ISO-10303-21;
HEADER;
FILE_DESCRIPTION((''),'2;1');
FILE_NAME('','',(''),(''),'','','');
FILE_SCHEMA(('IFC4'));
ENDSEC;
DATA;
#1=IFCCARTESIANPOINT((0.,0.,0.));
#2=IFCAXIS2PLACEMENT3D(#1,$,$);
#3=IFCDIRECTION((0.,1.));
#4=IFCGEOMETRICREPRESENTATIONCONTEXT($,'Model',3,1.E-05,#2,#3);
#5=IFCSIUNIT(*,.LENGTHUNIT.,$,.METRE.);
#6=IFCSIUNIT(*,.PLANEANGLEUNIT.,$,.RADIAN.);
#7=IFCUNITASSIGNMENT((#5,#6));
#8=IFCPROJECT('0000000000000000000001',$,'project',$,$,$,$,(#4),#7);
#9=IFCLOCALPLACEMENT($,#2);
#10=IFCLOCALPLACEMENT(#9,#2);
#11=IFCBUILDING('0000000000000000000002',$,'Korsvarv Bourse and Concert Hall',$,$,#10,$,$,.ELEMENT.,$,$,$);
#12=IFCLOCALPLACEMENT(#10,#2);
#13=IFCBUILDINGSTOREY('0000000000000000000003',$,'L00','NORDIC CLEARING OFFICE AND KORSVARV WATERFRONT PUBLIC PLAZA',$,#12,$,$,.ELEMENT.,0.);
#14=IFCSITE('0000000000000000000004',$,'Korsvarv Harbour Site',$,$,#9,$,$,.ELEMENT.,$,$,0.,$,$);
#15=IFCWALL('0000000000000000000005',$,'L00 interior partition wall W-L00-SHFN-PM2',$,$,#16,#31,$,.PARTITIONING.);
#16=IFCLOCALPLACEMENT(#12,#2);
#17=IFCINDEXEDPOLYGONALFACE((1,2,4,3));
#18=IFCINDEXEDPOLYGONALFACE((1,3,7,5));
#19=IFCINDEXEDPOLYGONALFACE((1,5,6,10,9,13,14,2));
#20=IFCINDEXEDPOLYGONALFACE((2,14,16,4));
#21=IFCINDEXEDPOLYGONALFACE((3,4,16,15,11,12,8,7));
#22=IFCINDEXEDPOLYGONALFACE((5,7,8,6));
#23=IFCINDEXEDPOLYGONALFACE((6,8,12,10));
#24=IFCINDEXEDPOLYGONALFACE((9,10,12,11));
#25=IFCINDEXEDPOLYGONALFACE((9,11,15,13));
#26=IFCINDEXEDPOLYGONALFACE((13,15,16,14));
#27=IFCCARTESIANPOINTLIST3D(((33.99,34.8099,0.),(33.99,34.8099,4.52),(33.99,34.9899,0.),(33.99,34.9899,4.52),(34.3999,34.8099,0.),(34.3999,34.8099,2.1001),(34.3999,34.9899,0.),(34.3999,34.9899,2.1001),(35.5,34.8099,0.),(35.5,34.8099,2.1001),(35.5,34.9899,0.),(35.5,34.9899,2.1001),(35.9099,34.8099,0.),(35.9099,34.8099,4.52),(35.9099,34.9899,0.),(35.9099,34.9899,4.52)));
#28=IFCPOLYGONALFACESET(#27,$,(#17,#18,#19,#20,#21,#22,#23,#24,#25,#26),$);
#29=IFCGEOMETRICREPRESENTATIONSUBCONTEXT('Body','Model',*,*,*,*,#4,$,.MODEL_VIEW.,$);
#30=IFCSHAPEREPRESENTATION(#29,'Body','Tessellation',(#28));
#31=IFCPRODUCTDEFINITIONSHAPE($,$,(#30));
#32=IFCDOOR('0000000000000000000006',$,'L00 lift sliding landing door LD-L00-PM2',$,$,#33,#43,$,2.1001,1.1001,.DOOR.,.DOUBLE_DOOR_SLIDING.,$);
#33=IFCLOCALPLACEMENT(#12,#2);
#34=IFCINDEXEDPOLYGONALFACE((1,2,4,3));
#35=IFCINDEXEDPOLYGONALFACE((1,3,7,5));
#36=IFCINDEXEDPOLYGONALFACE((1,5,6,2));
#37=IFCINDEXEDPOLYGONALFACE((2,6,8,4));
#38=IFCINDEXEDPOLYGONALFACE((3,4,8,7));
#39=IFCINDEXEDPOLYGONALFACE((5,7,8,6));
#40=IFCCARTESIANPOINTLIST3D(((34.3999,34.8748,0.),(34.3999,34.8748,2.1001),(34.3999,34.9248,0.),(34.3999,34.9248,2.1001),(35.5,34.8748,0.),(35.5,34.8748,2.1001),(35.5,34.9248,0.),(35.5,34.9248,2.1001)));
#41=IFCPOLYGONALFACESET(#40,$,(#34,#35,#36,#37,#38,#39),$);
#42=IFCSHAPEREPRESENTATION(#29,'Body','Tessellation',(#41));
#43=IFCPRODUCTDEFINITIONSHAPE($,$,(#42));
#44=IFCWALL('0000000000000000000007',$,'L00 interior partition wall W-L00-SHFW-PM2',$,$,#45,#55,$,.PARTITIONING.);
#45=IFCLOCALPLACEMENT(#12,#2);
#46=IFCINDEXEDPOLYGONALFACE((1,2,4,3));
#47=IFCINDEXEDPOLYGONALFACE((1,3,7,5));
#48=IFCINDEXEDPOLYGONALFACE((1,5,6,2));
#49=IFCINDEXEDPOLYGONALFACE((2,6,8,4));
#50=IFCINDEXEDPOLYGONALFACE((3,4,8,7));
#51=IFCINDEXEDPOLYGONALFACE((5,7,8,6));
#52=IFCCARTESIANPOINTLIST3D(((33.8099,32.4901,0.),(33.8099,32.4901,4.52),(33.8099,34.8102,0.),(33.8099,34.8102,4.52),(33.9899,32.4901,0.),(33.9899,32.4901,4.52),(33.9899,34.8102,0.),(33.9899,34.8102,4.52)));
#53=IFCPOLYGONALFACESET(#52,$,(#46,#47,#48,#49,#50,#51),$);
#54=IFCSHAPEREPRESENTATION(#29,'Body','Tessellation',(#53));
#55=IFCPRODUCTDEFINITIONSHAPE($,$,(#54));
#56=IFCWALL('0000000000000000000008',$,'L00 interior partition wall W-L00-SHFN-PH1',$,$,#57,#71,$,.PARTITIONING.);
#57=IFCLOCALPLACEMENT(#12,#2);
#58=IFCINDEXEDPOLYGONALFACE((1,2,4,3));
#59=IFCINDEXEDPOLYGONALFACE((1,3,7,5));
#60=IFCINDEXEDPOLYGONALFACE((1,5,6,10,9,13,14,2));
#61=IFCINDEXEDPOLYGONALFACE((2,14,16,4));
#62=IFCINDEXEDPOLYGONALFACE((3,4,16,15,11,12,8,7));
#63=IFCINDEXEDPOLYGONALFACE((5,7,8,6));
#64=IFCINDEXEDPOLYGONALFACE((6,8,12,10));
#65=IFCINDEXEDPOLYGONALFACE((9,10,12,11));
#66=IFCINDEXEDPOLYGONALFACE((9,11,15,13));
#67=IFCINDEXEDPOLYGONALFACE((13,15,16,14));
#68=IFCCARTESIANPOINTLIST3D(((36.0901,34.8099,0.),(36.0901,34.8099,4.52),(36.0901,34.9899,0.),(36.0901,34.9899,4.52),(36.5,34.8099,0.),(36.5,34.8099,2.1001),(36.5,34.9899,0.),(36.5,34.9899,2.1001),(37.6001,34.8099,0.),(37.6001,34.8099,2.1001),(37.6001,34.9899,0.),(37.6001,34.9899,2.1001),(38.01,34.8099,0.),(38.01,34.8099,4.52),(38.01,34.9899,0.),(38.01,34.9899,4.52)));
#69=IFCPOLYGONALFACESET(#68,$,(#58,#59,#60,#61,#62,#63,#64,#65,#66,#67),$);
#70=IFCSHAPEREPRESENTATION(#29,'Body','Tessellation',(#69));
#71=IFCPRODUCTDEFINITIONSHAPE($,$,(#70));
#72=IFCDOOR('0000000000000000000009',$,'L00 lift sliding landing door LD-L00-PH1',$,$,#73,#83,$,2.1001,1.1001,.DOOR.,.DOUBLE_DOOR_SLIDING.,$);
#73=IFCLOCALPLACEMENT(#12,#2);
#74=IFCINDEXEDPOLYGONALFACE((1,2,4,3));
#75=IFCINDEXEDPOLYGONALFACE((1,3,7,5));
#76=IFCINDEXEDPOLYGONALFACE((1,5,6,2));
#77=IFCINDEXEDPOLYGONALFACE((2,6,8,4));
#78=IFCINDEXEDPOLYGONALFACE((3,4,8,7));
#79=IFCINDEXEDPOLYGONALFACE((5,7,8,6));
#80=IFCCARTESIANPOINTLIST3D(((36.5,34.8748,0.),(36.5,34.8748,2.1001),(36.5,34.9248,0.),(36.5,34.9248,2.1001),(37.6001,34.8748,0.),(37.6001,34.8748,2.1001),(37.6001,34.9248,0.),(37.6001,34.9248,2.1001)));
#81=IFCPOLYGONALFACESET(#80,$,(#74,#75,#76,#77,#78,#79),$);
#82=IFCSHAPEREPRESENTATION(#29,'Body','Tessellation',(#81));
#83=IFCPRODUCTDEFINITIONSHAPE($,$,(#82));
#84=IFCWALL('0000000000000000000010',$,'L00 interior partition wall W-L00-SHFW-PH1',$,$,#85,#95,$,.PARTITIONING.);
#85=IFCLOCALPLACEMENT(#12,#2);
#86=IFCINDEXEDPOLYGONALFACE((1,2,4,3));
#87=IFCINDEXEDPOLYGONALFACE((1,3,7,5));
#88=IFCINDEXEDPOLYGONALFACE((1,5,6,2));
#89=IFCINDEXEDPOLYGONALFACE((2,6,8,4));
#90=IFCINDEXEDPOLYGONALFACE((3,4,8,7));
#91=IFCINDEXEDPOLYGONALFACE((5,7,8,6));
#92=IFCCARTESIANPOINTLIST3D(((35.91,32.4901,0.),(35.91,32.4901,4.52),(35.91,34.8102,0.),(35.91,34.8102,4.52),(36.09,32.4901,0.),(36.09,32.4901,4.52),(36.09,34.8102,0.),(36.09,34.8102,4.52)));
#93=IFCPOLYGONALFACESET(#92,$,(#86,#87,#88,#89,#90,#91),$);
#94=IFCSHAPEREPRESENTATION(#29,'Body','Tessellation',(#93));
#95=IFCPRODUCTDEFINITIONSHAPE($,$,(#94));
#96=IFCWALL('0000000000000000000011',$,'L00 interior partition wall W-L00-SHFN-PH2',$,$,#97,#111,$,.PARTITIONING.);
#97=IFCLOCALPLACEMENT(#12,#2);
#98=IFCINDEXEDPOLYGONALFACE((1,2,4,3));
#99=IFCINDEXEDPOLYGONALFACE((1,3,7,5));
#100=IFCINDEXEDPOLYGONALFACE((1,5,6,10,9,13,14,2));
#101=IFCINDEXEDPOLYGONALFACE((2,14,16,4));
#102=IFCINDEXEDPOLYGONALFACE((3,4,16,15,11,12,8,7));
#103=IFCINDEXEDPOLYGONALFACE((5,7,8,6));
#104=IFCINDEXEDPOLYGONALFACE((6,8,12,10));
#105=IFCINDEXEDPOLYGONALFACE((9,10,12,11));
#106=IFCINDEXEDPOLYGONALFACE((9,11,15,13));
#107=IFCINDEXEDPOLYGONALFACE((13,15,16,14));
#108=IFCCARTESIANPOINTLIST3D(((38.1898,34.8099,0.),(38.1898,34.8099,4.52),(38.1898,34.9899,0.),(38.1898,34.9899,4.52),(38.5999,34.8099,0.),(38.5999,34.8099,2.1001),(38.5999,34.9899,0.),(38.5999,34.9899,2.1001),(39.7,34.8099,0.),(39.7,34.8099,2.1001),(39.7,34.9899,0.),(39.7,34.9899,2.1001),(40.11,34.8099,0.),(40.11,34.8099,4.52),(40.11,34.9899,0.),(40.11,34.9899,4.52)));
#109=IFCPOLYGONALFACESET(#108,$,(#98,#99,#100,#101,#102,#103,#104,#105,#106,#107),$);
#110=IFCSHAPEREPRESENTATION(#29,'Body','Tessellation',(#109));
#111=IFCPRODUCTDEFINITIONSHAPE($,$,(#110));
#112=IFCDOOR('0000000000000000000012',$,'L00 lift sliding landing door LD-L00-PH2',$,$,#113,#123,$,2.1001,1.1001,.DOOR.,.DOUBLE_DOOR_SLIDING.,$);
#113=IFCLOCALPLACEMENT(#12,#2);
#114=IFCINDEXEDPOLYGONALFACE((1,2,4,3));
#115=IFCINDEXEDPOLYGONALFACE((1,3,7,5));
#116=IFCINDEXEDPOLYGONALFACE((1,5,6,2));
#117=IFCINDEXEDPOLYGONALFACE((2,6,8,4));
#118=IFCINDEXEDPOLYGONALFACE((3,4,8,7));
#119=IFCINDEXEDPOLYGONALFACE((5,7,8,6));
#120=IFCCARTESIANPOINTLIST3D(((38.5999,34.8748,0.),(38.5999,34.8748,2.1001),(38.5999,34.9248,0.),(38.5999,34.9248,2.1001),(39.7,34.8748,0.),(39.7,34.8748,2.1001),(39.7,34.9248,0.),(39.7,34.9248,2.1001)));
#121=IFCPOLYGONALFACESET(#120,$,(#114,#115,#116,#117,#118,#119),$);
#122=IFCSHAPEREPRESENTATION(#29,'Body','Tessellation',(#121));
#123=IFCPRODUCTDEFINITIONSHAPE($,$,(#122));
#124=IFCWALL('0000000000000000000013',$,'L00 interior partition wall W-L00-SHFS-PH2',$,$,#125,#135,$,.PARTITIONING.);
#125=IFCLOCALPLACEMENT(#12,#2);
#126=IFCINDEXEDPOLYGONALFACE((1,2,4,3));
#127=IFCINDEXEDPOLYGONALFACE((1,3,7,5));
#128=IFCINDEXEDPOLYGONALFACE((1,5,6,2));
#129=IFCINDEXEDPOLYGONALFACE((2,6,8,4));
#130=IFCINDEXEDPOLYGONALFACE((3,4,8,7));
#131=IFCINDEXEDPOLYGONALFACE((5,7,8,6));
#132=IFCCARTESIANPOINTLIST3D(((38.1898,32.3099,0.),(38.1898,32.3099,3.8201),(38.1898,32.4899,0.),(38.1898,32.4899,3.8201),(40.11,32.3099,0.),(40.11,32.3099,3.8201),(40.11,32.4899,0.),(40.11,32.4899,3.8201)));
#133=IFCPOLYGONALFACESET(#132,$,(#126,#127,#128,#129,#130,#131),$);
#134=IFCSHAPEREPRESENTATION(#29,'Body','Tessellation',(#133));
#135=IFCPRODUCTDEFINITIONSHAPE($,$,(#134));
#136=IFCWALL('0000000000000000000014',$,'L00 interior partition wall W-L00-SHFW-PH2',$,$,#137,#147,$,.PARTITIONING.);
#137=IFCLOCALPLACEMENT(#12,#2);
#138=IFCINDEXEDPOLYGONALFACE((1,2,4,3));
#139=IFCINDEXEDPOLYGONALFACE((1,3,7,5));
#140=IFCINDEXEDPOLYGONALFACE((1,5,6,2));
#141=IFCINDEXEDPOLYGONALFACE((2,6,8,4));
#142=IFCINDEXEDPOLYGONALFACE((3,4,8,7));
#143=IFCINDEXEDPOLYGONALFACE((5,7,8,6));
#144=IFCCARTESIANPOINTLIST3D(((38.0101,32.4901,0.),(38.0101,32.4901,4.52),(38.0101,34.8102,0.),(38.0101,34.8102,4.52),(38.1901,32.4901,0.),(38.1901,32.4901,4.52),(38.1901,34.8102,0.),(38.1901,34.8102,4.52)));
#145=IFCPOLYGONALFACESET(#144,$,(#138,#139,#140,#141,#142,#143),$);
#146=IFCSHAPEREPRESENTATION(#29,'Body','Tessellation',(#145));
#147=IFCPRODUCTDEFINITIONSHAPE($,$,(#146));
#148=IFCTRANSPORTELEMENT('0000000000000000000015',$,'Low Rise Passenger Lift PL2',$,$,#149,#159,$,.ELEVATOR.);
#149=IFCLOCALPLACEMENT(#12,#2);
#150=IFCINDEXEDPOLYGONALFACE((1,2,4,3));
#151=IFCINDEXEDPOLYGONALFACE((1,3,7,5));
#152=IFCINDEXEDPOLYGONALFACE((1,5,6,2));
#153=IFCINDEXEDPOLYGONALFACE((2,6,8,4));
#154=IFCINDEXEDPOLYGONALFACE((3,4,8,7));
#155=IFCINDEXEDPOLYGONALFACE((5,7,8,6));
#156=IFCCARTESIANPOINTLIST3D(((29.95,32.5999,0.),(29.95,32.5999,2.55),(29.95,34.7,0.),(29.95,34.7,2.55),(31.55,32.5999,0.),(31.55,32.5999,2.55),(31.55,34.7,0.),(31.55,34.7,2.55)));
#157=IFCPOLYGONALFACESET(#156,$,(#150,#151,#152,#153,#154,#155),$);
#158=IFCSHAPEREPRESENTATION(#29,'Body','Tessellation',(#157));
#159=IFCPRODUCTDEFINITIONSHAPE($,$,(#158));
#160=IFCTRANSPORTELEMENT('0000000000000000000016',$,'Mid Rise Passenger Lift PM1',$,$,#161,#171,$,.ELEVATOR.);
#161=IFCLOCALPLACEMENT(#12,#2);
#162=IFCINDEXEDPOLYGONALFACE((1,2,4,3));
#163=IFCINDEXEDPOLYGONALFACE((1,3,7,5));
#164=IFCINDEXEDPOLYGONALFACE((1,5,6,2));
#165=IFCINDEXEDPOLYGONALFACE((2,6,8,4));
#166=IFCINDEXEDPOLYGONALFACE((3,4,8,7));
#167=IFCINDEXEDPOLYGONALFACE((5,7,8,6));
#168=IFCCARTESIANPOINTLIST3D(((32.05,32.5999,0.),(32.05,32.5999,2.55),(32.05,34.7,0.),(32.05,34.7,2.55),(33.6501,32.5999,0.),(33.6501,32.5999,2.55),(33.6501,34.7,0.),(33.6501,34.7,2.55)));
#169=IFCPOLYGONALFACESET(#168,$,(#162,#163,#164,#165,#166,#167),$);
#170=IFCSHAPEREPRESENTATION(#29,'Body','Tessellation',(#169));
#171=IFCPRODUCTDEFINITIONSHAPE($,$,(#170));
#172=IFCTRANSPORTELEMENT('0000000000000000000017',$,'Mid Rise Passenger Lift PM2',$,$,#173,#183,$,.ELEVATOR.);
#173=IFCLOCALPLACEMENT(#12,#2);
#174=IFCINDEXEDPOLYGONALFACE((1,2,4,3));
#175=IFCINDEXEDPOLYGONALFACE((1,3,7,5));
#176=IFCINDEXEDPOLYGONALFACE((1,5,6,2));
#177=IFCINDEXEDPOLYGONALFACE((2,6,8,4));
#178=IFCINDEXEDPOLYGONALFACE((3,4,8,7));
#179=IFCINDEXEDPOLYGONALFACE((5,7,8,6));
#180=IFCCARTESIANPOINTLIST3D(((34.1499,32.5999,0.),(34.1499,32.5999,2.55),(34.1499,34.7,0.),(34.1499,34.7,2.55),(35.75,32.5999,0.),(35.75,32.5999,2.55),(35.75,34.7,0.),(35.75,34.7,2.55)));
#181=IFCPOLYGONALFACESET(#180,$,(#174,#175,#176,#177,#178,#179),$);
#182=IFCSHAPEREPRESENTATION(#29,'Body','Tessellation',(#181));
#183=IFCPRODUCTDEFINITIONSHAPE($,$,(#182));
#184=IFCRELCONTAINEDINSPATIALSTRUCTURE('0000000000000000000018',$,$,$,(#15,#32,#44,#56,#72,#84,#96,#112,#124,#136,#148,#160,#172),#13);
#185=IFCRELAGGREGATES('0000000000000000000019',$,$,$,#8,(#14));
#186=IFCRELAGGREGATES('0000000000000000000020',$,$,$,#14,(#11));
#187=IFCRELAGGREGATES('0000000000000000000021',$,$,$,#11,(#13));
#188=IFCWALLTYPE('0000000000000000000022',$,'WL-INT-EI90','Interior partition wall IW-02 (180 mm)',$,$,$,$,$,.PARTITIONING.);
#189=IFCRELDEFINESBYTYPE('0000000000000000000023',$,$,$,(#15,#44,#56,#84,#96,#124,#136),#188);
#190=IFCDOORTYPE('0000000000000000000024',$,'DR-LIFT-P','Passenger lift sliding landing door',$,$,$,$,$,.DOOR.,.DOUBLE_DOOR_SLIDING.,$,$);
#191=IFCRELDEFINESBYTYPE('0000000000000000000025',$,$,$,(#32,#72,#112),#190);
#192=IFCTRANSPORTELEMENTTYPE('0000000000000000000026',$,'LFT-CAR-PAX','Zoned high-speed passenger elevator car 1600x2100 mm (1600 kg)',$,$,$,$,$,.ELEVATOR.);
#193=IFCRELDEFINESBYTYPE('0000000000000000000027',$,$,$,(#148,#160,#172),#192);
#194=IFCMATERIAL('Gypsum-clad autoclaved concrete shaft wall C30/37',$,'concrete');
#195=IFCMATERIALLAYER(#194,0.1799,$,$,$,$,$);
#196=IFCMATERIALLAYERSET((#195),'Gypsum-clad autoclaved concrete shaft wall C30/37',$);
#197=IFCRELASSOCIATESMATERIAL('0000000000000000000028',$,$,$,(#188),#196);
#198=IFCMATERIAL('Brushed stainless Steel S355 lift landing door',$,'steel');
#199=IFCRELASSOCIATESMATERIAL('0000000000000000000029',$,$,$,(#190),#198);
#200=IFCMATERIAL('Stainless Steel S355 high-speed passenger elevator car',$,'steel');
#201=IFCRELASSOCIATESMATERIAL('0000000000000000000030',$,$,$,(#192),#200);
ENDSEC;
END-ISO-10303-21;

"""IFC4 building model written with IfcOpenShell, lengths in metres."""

from ifc_helpers import new_model, si_unit, direction, frame, frame_2d, origin, origin_2d, place, context, subcontext, project, spatial, rectangle, extrude, source, transform, mapped, material, layer, layer_set, type_object, element, fill, save


model = new_model("IFC4")

# Units and contexts
model_context = context("Model", 3, precision=1e-05, world=origin(), true_north=direction((0.0, 1.0)))
body_context = subcontext(model_context, "Body", "Model", "MODEL_VIEW")
ifc_project = project(units=[si_unit("LENGTHUNIT", "METRE"), si_unit("PLANEANGLEUNIT", "RADIAN")], contexts=[model_context])

# Site, building, storey
site_placement = place(None, origin())
site = spatial("IfcSite", under=ifc_project, at=site_placement, Name="Korsvarv Harbour Site", CompositionType="ELEMENT", RefElevation=0.0)
building_placement = place(site_placement, origin())
building = spatial("IfcBuilding", under=site, at=building_placement, Name="Korsvarv Bourse and Concert Hall", CompositionType="ELEMENT")
storey_placement = place(building_placement, origin())
storey = spatial("IfcBuildingStorey", under=building, at=storey_placement, Name="L00", Description="NORDIC CLEARING OFFICE AND KORSVARV WATERFRONT PUBLIC PLAZA", CompositionType="ELEMENT", Elevation=0.0)

# Shared definitions
ifc_material_1 = material(Name="Gypsum-clad autoclaved concrete shaft wall C30/37", Category="concrete")
ifc_layer_1 = layer(ifc_material_1, 0.1799)
ifc_layer_set_1 = layer_set([ifc_layer_1], Name="Gypsum-clad autoclaved concrete shaft wall C30/37")
wall_type_1 = type_object("IfcWallType", Name="WL-INT-EI90", Description="Interior partition wall IW-02 (180 mm)", PredefinedType="PARTITIONING", material=ifc_layer_set_1)
ifc_material_2 = material(Name="Brushed stainless Steel S355 lift landing door", Category="steel")
door_type_1 = type_object("IfcDoorType", Name="DR-LIFT-P", Description="Passenger lift sliding landing door", OperationType="DOUBLE_DOOR_SLIDING", PredefinedType="DOOR", material=ifc_material_2)

# Wall, opening, door
wall_1_placement = place(storey_placement, frame((33.99, 34.8999, 0.0), z_axis=(0.0, 0.0, 1.0), x_axis=(1.0, 0.0, 0.0)))
wall_1 = element("IfcWall", 1, at=wall_1_placement, inside=storey, type_object=wall_type_1, Name="L00 interior partition wall W-L00-SHFN-PM2", PredefinedType="PARTITIONING", context=body_context, shape_type="SweptSolid", body=[
    extrude(rectangle(XDim=1.9199, YDim=0.1799, at=frame_2d((0.96, 0.0))), origin(), (0.0, 0.0, 1.0), 4.52),
])
opening_1_placement = place(wall_1_placement, frame((0.4099, 0.0, 0.0)))
opening_1 = element("IfcOpeningElement", 2, at=opening_1_placement, cuts=wall_1, PredefinedType="OPENING", context=body_context, shape_type="SweptSolid", body=[
    extrude(rectangle(XDim=1.1001, YDim=2.1001, at=frame_2d((0.55, 1.05))), frame((0.0, 0.1001, 0.0), z_axis=(0.0, -1.0, 0.0), x_axis=(1.0, 0.0, 0.0)), (0.0, 0.0, 1.0), 0.2),
])
door_1_placement = place(opening_1_placement, origin())
door_1 = element("IfcDoor", 3, at=door_1_placement, inside=storey, type_object=door_type_1, Name="L00 lift sliding landing door LD-L00-PM2", OperationType="DOUBLE_DOOR_SLIDING", OverallHeight=2.1001, OverallWidth=1.1001, PredefinedType="DOOR", context=body_context, shape_type="SweptSolid", body=[
    extrude(rectangle(XDim=1.1001, YDim=2.1001, at=frame_2d((0.55, 1.05))), frame((0.0, 0.0249, 0.0), z_axis=(0.0, -1.0, 0.0), x_axis=(1.0, 0.0, 0.0)), (0.0, 0.0, 1.0), 0.05),
])
fill(opening_1, door_1)

# Wall
wall_2_placement = place(storey_placement, frame((33.8999, 32.49, 0.0), z_axis=(0.0, 0.0, 1.0), x_axis=(0.0, 1.0, 0.0)))
element("IfcWall", 4, at=wall_2_placement, inside=storey, type_object=wall_type_1, Name="L00 interior partition wall W-L00-SHFW-PM2", PredefinedType="PARTITIONING", context=body_context, shape_type="SweptSolid", body=[
    extrude(rectangle(XDim=2.3201, YDim=0.1799, at=frame_2d((1.1602, 0.0))), origin(), (0.0, 0.0, 1.0), 4.52),
])

# Wall, opening, door
wall_3_placement = place(storey_placement, frame((36.0901, 34.8999, 0.0), z_axis=(0.0, 0.0, 1.0), x_axis=(1.0, 0.0, 0.0)))
wall_3 = element("IfcWall", 5, at=wall_3_placement, inside=storey, type_object=wall_type_1, Name="L00 interior partition wall W-L00-SHFN-PH1", PredefinedType="PARTITIONING", context=body_context, shape_type="SweptSolid", body=[
    extrude(rectangle(XDim=1.9199, YDim=0.1799, at=frame_2d((0.96, 0.0))), origin(), (0.0, 0.0, 1.0), 4.52),
])
opening_2_placement = place(wall_3_placement, frame((0.4099, 0.0, 0.0)))
opening_2 = element("IfcOpeningElement", 6, at=opening_2_placement, cuts=wall_3, PredefinedType="OPENING", context=body_context, shape_type="SweptSolid", body=[
    extrude(rectangle(XDim=1.1001, YDim=2.1001, at=frame_2d((0.55, 1.05))), frame((0.0, 0.1001, 0.0), z_axis=(0.0, -1.0, 0.0), x_axis=(1.0, 0.0, 0.0)), (0.0, 0.0, 1.0), 0.2),
])
door_2_placement = place(opening_2_placement, origin())
door_2 = element("IfcDoor", 7, at=door_2_placement, inside=storey, type_object=door_type_1, Name="L00 lift sliding landing door LD-L00-PH1", OperationType="DOUBLE_DOOR_SLIDING", OverallHeight=2.1001, OverallWidth=1.1001, PredefinedType="DOOR", context=body_context, shape_type="SweptSolid", body=[
    extrude(rectangle(XDim=1.1001, YDim=2.1001, at=frame_2d((0.55, 1.05))), frame((0.0, 0.0249, 0.0), z_axis=(0.0, -1.0, 0.0), x_axis=(1.0, 0.0, 0.0)), (0.0, 0.0, 1.0), 0.05),
])
fill(opening_2, door_2)

# Wall
wall_4_placement = place(storey_placement, frame((36.0, 32.49, 0.0), z_axis=(0.0, 0.0, 1.0), x_axis=(0.0, 1.0, 0.0)))
element("IfcWall", 8, at=wall_4_placement, inside=storey, type_object=wall_type_1, Name="L00 interior partition wall W-L00-SHFW-PH1", PredefinedType="PARTITIONING", context=body_context, shape_type="SweptSolid", body=[
    extrude(rectangle(XDim=2.3201, YDim=0.1799, at=frame_2d((1.1602, 0.0))), origin(), (0.0, 0.0, 1.0), 4.52),
])

# Wall, opening, door
wall_5_placement = place(storey_placement, frame((38.1899, 34.8999, 0.0), z_axis=(0.0, 0.0, 1.0), x_axis=(1.0, 0.0, 0.0)))
wall_5 = element("IfcWall", 9, at=wall_5_placement, inside=storey, type_object=wall_type_1, Name="L00 interior partition wall W-L00-SHFN-PH2", PredefinedType="PARTITIONING", context=body_context, shape_type="SweptSolid", body=[
    extrude(rectangle(XDim=1.9202, YDim=0.1799, at=frame_2d((0.96, 0.0))), origin(), (0.0, 0.0, 1.0), 4.52),
])
opening_3_placement = place(wall_5_placement, frame((0.4099, 0.0, 0.0)))
opening_3 = element("IfcOpeningElement", 10, at=opening_3_placement, cuts=wall_5, PredefinedType="OPENING", context=body_context, shape_type="SweptSolid", body=[
    extrude(rectangle(XDim=1.1001, YDim=2.1001, at=frame_2d((0.55, 1.05))), frame((0.0, 0.1001, 0.0), z_axis=(0.0, -1.0, 0.0), x_axis=(1.0, 0.0, 0.0)), (0.0, 0.0, 1.0), 0.2),
])
door_3_placement = place(opening_3_placement, origin())
door_3 = element("IfcDoor", 11, at=door_3_placement, inside=storey, type_object=door_type_1, Name="L00 lift sliding landing door LD-L00-PH2", OperationType="DOUBLE_DOOR_SLIDING", OverallHeight=2.1001, OverallWidth=1.1001, PredefinedType="DOOR", context=body_context, shape_type="SweptSolid", body=[
    extrude(rectangle(XDim=1.1001, YDim=2.1001, at=frame_2d((0.55, 1.05))), frame((0.0, 0.0249, 0.0), z_axis=(0.0, -1.0, 0.0), x_axis=(1.0, 0.0, 0.0)), (0.0, 0.0, 1.0), 0.05),
])
fill(opening_3, door_3)

# Walls
wall_6_placement = place(storey_placement, frame((38.1899, 32.3999, 0.0), z_axis=(0.0, 0.0, 1.0), x_axis=(1.0, 0.0, 0.0)))
element("IfcWall", 12, at=wall_6_placement, inside=storey, type_object=wall_type_1, Name="L00 interior partition wall W-L00-SHFS-PH2", PredefinedType="PARTITIONING", context=body_context, shape_type="SweptSolid", body=[
    extrude(rectangle(XDim=1.9202, YDim=0.1799, at=frame_2d((0.96, 0.0))), origin(), (0.0, 0.0, 1.0), 3.8201),
])
wall_7_placement = place(storey_placement, frame((38.1001, 32.49, 0.0), z_axis=(0.0, 0.0, 1.0), x_axis=(0.0, 1.0, 0.0)))
element("IfcWall", 13, at=wall_7_placement, inside=storey, type_object=wall_type_1, Name="L00 interior partition wall W-L00-SHFW-PH2", PredefinedType="PARTITIONING", context=body_context, shape_type="SweptSolid", body=[
    extrude(rectangle(XDim=2.3201, YDim=0.1799, at=frame_2d((1.1602, 0.0))), origin(), (0.0, 0.0, 1.0), 4.52),
])

# Transport elements
ifc_material_3 = material(Name="Stainless Steel S355 high-speed passenger elevator car", Category="steel")
transport_element_type = type_object("IfcTransportElementType", Name="LFT-CAR-PAX", Description="Zoned high-speed passenger elevator car 1600x2100 mm (1600 kg)", PredefinedType="ELEVATOR", material=ifc_material_3)
shared_shape_1 = source(origin(), body_context, "Body", "SweptSolid", [
    extrude(rectangle(XDim=1.6001, YDim=2.1001, at=origin_2d()), origin(), (0.0, 0.0, 1.0), 2.55),
])
for number, where, z_axis, x_axis, name in (
    (14, (30.75, 33.6499, 0.0), (0.0, 0.0, 1.0), (1.0, 0.0, 0.0), "Low Rise Passenger Lift PL2"),
    (15, (32.8501, 33.6499, 0.0), (0.0, 0.0, 1.0), (1.0, 0.0, 0.0), "Mid Rise Passenger Lift PM1"),
    (16, (34.95, 33.6499, 0.0), (0.0, 0.0, 1.0), (1.0, 0.0, 0.0), "Mid Rise Passenger Lift PM2"),
):
    element("IfcTransportElement", number, at=place(storey_placement, frame(where, z_axis=z_axis, x_axis=x_axis)), inside=storey, type_object=transport_element_type, Name=name, PredefinedType="ELEVATOR", context=body_context, shape_type="MappedRepresentation", body=[
        mapped(shared_shape_1, transform((0.0, 0.0, 0.0), scale=1.0)),
    ])

save(model, "model.ifc")
